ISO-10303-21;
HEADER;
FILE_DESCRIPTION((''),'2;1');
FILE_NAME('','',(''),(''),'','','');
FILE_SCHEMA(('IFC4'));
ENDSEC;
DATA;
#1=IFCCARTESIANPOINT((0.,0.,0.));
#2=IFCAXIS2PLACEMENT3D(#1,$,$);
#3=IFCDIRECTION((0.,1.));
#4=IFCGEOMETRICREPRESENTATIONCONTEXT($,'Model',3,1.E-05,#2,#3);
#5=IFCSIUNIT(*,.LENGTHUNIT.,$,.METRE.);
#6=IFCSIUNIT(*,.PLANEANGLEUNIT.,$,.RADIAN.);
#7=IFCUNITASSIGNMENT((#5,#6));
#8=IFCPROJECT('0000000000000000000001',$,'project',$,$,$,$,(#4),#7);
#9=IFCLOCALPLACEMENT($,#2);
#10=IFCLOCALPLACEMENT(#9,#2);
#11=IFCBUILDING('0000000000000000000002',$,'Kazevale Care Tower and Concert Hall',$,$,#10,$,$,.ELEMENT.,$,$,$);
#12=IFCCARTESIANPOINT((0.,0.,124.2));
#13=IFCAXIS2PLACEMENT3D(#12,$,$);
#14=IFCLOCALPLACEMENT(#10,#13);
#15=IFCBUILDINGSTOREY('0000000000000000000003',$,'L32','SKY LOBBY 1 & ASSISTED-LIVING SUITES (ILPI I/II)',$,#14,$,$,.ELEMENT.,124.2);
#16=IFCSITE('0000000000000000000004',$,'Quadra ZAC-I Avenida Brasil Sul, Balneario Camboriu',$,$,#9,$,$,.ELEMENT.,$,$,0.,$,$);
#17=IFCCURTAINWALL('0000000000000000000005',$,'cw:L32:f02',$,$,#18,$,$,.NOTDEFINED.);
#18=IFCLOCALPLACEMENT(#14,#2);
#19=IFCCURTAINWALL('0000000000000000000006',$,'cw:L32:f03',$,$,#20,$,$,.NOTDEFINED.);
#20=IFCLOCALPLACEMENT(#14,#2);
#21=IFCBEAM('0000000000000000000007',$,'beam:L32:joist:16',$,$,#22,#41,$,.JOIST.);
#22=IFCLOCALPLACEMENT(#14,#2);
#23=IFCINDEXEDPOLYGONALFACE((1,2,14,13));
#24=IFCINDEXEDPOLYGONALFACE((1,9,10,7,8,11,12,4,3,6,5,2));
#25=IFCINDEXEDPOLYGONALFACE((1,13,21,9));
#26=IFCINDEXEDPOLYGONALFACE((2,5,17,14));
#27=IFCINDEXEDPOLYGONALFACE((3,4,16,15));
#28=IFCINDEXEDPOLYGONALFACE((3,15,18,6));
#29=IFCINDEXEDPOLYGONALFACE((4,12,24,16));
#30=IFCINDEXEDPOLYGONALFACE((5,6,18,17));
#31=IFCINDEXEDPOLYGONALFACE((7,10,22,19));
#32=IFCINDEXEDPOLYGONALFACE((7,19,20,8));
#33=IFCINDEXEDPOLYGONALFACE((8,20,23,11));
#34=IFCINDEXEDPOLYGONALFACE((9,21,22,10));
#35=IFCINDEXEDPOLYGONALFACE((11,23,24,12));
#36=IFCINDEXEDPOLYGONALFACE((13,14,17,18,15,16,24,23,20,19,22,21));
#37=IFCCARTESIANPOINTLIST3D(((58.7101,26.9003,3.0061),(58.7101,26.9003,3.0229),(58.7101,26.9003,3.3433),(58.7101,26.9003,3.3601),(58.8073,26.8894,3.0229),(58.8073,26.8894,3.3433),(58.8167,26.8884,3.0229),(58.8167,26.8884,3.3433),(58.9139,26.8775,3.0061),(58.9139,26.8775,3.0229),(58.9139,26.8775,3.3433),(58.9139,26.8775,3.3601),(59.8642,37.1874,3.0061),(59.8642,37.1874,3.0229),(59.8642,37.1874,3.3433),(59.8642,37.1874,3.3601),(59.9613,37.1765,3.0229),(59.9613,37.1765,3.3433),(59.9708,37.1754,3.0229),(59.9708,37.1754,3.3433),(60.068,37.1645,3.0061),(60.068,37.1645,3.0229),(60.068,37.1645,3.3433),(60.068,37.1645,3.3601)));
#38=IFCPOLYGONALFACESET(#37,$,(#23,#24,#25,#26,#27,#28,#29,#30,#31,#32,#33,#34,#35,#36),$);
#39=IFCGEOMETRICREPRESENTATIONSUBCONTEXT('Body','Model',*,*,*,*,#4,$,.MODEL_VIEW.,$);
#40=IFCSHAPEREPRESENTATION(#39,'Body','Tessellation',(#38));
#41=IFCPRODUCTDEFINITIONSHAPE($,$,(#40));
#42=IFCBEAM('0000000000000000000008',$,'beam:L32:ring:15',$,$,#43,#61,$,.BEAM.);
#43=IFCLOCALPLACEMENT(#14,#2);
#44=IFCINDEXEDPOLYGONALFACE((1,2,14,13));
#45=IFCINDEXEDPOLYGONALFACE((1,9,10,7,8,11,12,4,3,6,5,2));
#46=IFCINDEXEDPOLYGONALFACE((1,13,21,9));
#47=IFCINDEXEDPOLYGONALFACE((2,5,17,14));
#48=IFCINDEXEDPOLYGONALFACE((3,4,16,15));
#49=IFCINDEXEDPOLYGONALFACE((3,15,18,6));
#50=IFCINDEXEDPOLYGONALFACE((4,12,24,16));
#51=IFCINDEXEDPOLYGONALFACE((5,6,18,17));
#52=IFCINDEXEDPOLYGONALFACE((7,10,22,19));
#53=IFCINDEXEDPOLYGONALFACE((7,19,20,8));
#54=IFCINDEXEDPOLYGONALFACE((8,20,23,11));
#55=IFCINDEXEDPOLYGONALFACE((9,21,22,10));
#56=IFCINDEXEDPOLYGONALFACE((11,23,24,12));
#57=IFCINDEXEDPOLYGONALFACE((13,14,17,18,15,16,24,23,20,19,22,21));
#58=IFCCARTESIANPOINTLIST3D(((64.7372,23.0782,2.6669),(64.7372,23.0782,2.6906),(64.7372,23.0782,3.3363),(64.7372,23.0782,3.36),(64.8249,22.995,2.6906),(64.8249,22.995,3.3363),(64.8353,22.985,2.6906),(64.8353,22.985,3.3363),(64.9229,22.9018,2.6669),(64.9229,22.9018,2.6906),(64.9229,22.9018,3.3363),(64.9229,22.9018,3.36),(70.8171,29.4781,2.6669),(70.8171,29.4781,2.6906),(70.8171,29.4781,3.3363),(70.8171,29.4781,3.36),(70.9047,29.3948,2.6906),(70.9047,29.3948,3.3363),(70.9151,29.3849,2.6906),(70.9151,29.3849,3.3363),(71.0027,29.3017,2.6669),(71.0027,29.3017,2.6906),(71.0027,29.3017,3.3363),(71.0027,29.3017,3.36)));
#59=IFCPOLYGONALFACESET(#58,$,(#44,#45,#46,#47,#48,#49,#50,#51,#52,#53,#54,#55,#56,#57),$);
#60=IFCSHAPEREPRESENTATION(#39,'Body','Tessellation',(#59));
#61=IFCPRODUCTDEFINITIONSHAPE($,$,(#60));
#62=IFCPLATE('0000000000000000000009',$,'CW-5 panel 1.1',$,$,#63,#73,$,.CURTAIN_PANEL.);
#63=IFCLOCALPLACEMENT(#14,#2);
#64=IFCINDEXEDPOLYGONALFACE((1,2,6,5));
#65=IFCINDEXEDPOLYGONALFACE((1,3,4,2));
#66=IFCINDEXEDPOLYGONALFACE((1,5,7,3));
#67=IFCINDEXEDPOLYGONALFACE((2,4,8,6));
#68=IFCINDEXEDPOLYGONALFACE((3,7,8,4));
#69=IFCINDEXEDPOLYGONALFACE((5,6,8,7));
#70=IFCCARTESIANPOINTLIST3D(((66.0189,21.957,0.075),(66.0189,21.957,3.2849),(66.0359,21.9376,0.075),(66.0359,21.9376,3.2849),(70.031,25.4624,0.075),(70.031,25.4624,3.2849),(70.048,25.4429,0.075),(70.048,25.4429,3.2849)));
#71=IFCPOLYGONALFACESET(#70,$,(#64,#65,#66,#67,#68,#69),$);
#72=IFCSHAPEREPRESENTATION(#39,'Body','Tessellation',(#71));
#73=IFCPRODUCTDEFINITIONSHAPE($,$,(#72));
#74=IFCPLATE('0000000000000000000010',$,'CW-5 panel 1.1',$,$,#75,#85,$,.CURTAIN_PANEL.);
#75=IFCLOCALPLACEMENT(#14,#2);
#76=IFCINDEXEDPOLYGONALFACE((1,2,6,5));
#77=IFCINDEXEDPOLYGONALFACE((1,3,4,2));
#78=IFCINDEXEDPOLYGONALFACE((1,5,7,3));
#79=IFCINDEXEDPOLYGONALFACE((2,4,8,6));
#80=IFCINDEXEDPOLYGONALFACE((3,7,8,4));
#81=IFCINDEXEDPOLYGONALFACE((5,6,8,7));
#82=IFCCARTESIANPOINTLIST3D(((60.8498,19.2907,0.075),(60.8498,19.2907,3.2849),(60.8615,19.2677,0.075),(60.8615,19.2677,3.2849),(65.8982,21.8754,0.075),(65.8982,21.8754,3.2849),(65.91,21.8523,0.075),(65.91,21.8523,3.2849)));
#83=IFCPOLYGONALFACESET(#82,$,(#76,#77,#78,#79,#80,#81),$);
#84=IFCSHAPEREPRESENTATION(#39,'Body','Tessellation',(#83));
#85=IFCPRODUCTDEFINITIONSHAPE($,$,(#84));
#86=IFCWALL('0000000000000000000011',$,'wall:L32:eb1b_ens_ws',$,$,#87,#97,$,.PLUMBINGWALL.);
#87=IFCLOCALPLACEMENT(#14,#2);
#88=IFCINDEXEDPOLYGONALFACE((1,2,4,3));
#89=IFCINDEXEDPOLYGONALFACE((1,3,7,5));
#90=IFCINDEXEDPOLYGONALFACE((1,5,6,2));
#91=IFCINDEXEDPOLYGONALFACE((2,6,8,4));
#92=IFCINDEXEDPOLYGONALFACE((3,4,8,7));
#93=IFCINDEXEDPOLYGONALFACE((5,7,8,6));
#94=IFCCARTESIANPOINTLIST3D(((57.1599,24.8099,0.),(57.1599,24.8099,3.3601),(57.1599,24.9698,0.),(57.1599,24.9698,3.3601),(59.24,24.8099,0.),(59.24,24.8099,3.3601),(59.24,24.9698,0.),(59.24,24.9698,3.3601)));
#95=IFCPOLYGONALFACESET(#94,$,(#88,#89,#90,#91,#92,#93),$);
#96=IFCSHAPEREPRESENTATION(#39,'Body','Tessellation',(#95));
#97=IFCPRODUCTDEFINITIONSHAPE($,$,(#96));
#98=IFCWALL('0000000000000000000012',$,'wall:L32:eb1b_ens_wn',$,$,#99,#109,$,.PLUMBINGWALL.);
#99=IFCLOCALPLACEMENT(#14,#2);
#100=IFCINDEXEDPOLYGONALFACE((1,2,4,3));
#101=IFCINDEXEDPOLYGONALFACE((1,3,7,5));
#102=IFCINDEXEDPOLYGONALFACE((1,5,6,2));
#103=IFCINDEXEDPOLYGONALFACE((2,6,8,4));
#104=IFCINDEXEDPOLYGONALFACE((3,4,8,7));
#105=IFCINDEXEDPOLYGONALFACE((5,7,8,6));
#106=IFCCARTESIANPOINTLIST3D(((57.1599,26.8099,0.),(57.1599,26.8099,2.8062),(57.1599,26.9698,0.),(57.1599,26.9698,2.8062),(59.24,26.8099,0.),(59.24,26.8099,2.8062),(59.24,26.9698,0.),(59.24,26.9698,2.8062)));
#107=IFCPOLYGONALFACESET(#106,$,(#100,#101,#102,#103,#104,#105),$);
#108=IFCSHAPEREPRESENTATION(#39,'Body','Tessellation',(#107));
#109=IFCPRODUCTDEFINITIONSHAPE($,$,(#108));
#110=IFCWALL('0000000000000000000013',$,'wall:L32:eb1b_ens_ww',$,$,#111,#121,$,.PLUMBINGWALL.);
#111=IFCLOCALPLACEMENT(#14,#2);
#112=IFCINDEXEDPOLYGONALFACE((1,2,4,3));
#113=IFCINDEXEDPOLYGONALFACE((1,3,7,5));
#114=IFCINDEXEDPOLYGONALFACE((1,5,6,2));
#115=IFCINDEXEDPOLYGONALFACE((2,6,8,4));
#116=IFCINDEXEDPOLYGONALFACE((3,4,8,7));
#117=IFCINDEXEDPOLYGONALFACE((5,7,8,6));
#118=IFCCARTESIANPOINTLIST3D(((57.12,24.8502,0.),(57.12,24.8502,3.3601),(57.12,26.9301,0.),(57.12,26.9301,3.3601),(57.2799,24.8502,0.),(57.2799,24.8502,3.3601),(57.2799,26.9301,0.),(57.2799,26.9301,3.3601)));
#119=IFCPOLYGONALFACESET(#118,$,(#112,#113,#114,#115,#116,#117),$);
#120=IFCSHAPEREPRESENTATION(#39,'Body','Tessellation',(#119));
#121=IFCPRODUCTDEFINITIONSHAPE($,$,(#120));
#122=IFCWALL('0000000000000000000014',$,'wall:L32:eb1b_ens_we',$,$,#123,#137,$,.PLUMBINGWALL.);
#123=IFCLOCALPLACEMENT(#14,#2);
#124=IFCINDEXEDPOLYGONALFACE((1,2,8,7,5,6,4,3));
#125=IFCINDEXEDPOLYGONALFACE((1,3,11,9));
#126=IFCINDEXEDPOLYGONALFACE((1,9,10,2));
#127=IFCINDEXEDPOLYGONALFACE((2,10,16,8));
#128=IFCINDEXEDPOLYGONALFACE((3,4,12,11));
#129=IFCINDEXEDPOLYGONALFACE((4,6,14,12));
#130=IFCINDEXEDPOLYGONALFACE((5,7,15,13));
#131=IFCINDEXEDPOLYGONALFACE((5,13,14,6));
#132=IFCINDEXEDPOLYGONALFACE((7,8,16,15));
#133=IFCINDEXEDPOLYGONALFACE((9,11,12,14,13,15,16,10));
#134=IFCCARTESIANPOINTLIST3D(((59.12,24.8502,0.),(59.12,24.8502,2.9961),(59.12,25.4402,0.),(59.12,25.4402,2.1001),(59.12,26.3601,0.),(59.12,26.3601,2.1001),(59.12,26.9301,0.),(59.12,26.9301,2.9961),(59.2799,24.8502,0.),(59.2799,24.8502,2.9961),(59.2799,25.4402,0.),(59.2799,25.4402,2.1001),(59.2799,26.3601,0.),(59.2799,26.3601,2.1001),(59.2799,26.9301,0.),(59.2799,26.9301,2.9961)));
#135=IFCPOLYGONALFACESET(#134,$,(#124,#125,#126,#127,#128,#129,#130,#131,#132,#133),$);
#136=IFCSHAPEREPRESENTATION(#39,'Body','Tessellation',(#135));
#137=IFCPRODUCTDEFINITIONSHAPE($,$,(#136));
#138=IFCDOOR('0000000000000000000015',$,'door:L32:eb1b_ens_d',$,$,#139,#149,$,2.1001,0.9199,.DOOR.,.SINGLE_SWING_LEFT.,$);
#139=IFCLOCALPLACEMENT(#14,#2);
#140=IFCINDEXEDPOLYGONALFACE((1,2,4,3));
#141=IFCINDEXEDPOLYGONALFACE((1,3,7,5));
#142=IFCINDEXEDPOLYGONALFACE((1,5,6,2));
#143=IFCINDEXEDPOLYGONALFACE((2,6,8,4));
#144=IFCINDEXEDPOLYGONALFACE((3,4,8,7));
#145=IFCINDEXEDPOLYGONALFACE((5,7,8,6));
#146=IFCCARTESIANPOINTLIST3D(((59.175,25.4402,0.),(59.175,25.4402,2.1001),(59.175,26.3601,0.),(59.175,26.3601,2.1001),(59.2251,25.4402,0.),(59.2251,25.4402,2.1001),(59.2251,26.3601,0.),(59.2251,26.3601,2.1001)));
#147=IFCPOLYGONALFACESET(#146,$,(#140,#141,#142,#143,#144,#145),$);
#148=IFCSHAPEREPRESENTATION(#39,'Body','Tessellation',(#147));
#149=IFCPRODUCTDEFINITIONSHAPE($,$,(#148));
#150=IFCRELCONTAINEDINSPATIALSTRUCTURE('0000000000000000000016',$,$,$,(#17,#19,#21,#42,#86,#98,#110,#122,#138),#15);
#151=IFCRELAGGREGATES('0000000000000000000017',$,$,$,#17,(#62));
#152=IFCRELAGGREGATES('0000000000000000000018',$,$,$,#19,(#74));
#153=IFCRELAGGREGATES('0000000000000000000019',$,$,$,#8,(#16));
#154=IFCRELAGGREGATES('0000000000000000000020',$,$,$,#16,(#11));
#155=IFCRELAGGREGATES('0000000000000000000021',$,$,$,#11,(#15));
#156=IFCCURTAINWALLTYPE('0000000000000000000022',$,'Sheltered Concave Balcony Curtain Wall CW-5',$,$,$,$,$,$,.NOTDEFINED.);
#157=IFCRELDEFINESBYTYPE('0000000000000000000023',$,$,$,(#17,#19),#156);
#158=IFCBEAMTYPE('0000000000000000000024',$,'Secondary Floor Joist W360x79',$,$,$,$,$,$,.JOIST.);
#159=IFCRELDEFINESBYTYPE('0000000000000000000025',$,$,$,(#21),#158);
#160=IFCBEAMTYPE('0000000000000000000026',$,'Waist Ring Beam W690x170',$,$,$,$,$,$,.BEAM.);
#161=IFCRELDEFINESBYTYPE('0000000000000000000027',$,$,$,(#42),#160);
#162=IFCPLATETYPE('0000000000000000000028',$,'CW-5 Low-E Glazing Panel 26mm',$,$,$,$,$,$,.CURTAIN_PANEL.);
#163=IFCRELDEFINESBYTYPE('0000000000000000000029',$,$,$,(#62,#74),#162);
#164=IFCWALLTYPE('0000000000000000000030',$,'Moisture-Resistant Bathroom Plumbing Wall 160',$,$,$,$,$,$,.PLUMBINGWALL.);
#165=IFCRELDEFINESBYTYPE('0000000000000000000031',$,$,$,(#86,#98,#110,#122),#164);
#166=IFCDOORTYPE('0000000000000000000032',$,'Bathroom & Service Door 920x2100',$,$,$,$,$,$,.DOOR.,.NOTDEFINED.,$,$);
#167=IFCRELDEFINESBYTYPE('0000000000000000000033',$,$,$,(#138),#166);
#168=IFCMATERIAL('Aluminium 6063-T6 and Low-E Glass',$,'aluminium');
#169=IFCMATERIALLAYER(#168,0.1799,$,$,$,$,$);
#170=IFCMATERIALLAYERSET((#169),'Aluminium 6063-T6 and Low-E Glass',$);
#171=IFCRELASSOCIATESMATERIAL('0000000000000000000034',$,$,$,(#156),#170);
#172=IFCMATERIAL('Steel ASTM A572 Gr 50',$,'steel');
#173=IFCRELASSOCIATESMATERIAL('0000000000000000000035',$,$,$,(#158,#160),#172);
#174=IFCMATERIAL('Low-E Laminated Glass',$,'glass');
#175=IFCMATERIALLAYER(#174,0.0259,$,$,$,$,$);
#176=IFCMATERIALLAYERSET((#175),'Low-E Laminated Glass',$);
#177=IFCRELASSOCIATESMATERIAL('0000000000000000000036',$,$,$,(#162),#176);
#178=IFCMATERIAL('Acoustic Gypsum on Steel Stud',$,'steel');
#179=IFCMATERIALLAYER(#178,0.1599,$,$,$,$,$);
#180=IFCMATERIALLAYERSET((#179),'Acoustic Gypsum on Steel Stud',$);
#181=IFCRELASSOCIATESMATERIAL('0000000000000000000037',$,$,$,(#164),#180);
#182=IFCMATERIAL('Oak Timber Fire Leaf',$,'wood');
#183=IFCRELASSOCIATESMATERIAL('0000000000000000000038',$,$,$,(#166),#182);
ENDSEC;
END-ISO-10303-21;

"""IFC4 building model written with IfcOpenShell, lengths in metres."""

from ifc_helpers import new_model, si_unit, direction, frame, frame_2d, origin, origin_2d, place, context, subcontext, project, spatial, rectangle, i_section, extrude, material, layer, layer_set, material_profile, profile_set, type_object, element, fill, aggregate, save


model = new_model("IFC4")

# Units and contexts
model_context = context("Model", 3, precision=1e-05, world=origin(), true_north=direction((0.0, 1.0)))
body_context = subcontext(model_context, "Body", "Model", "MODEL_VIEW")
ifc_project = project(units=[si_unit("LENGTHUNIT", "METRE"), si_unit("PLANEANGLEUNIT", "RADIAN")], contexts=[model_context])

# Site, building, storey
site_placement = place(None, origin())
site = spatial("IfcSite", under=ifc_project, at=site_placement, Name="Quadra ZAC-I Avenida Brasil Sul, Balneario Camboriu", CompositionType="ELEMENT", RefElevation=0.0)
building_placement = place(site_placement, origin())
building = spatial("IfcBuilding", under=site, at=building_placement, Name="Kazevale Care Tower and Concert Hall", CompositionType="ELEMENT")
storey_placement = place(building_placement, frame((0.0, 0.0, 124.2)))
storey = spatial("IfcBuildingStorey", under=building, at=storey_placement, Name="L32", Description="SKY LOBBY 1 & ASSISTED-LIVING SUITES (ILPI I/II)", CompositionType="ELEMENT", Elevation=124.2)

# Curtain walls
ifc_material_1 = material(Name="Aluminium 6063-T6 and Low-E Glass", Category="aluminium")
ifc_layer_1 = layer(ifc_material_1, 0.1799)
ifc_layer_set_1 = layer_set([ifc_layer_1], Name="Aluminium 6063-T6 and Low-E Glass")
curtain_wall_type = type_object("IfcCurtainWallType", Name="Sheltered Concave Balcony Curtain Wall CW-5", PredefinedType="NOTDEFINED", material=ifc_layer_set_1)
curtain_wall_1_placement = place(storey_placement, origin())
curtain_wall_1 = element("IfcCurtainWall", 1, at=curtain_wall_1_placement, inside=storey, type_object=curtain_wall_type, Name="cw:L32:f02", PredefinedType="NOTDEFINED")
curtain_wall_2_placement = place(storey_placement, origin())
curtain_wall_2 = element("IfcCurtainWall", 2, at=curtain_wall_2_placement, inside=storey, type_object=curtain_wall_type, Name="cw:L32:f03", PredefinedType="NOTDEFINED")

# Beams
ifc_material_2 = material(Name="Steel ASTM A572 Gr 50", Category="steel")
ifc_material_profile_1 = material_profile(ifc_material_2, i_section(OverallWidth=0.2051, OverallDepth=0.354, WebThickness=0.0095, FlangeThickness=0.0168, at=origin_2d()), Name="W360x79")
ifc_profile_set_1 = profile_set([ifc_material_profile_1], Name="Steel ASTM A572 Gr 50")
beam_type_1 = type_object("IfcBeamType", Name="Secondary Floor Joist W360x79", PredefinedType="JOIST", material=ifc_profile_set_1)
beam_1_placement = place(storey_placement, frame((58.812, 26.8889, 3.1831), z_axis=(0.111485, 0.993766, 0.0), x_axis=(-0.993766, 0.111485, 0.0)))
element("IfcBeam", 3, at=beam_1_placement, inside=storey, type_object=beam_type_1, Name="beam:L32:joist:16", PredefinedType="JOIST", context=body_context, shape_type="SweptSolid", body=[
    extrude(i_section(OverallWidth=0.2051, OverallDepth=0.354, WebThickness=0.0095, FlangeThickness=0.0168, at=origin_2d()), origin(), (0.0, 0.0, 1.0), 10.3516),
])
ifc_material_profile_2 = material_profile(ifc_material_2, i_section(OverallWidth=0.2561, OverallDepth=0.6931, WebThickness=0.0144, FlangeThickness=0.0237, at=origin_2d()), Name="W690x170")
ifc_profile_set_2 = profile_set([ifc_material_profile_2], Name="Steel ASTM A572 Gr 50")
beam_type_2 = type_object("IfcBeamType", Name="Waist Ring Beam W690x170", PredefinedType="BEAM", material=ifc_profile_set_2)
beam_2_placement = place(storey_placement, frame((64.8301, 22.99, 3.0134), z_axis=(0.688745, 0.725004, 0.0), x_axis=(-0.725004, 0.688745, 0.0)))
element("IfcBeam", 4, at=beam_2_placement, inside=storey, type_object=beam_type_2, Name="beam:L32:ring:15", PredefinedType="BEAM", context=body_context, shape_type="SweptSolid", body=[
    extrude(i_section(OverallWidth=0.2561, OverallDepth=0.6931, WebThickness=0.0144, FlangeThickness=0.0237, at=origin_2d()), origin(), (0.0, 0.0, 1.0), 8.8274),
])

# Plates
ifc_material_3 = material(Name="Low-E Laminated Glass", Category="glass")
ifc_layer_2 = layer(ifc_material_3, 0.0259)
ifc_layer_set_2 = layer_set([ifc_layer_2], Name="Low-E Laminated Glass")
plate_type = type_object("IfcPlateType", Name="CW-5 Low-E Glazing Panel 26mm", PredefinedType="CURTAIN_PANEL", material=ifc_layer_set_2)
plate_1_placement = place(storey_placement, frame((68.0334, 23.7, 0.075), z_axis=(0.0, 0.0, 1.0), x_axis=(-0.753063, -0.657949, 0.0)))
plate_1 = element("IfcPlate", 5, at=plate_1_placement, type_object=plate_type, Name="CW-5 panel 1.1", PredefinedType="CURTAIN_PANEL", context=body_context, shape_type="SweptSolid", body=[
    extrude(rectangle(XDim=5.3276, YDim=0.0259, at=origin_2d()), origin(), (0.0, 0.0, 1.0), 3.21),
])
aggregate(curtain_wall_1, [plate_1])
plate_2_placement = place(storey_placement, frame((63.3799, 20.5715, 0.075), z_axis=(0.0, 0.0, 1.0), x_axis=(-0.890127, -0.455713, 0.0)))
plate_2 = element("IfcPlate", 6, at=plate_2_placement, type_object=plate_type, Name="CW-5 panel 1.1", PredefinedType="CURTAIN_PANEL", context=body_context, shape_type="SweptSolid", body=[
    extrude(rectangle(XDim=5.6716, YDim=0.0259, at=origin_2d()), origin(), (0.0, 0.0, 1.0), 3.21),
])
aggregate(curtain_wall_2, [plate_2])

# Walls
ifc_material_4 = material(Name="Acoustic Gypsum on Steel Stud", Category="steel")
ifc_layer_3 = layer(ifc_material_4, 0.1599)
ifc_layer_set_3 = layer_set([ifc_layer_3], Name="Acoustic Gypsum on Steel Stud")
wall_type_1 = type_object("IfcWallType", Name="Moisture-Resistant Bathroom Plumbing Wall 160", PredefinedType="PLUMBINGWALL", material=ifc_layer_set_3)
wall_1_placement = place(storey_placement, frame((57.1599, 24.8899, 0.0), z_axis=(0.0, 0.0, 1.0), x_axis=(1.0, 0.0, 0.0)))
element("IfcWall", 7, at=wall_1_placement, inside=storey, type_object=wall_type_1, Name="wall:L32:eb1b_ens_ws", PredefinedType="PLUMBINGWALL", context=body_context, shape_type="SweptSolid", body=[
    extrude(rectangle(XDim=2.0801, YDim=0.1599, at=frame_2d((1.04, 0.0))), origin(), (0.0, 0.0, 1.0), 3.3601),
])
wall_2_placement = place(storey_placement, frame((57.1599, 26.8899, 0.0), z_axis=(0.0, 0.0, 1.0), x_axis=(1.0, 0.0, 0.0)))
element("IfcWall", 8, at=wall_2_placement, inside=storey, type_object=wall_type_1, Name="wall:L32:eb1b_ens_wn", PredefinedType="PLUMBINGWALL", context=body_context, shape_type="SweptSolid", body=[
    extrude(rectangle(XDim=2.0801, YDim=0.1599, at=frame_2d((1.04, 0.0))), origin(), (0.0, 0.0, 1.0), 2.8062),
])
wall_3_placement = place(storey_placement, frame((57.2, 24.8501, 0.0), z_axis=(0.0, 0.0, 1.0), x_axis=(0.0, 1.0, 0.0)))
element("IfcWall", 9, at=wall_3_placement, inside=storey, type_object=wall_type_1, Name="wall:L32:eb1b_ens_ww", PredefinedType="PLUMBINGWALL", context=body_context, shape_type="SweptSolid", body=[
    extrude(rectangle(XDim=2.0798, YDim=0.1599, at=frame_2d((1.04, 0.0))), origin(), (0.0, 0.0, 1.0), 3.3601),
])

# Wall, opening, door
wall_4_placement = place(storey_placement, frame((59.2, 24.8501, 0.0), z_axis=(0.0, 0.0, 1.0), x_axis=(0.0, 1.0, 0.0)))
wall_4 = element("IfcWall", 10, at=wall_4_placement, inside=storey, type_object=wall_type_1, Name="wall:L32:eb1b_ens_we", PredefinedType="PLUMBINGWALL", context=body_context, shape_type="SweptSolid", body=[
    extrude(rectangle(XDim=2.0798, YDim=0.1599, at=frame_2d((1.04, 0.0))), origin(), (0.0, 0.0, 1.0), 2.9961),
])
opening_1_placement = place(wall_4_placement, frame((0.5901, 0.0, 0.0)))
opening_1 = element("IfcOpeningElement", 11, at=opening_1_placement, cuts=wall_4, PredefinedType="OPENING", context=body_context, shape_type="SweptSolid", body=[
    extrude(rectangle(XDim=0.9199, YDim=2.1001, at=frame_2d((0.46, 1.05))), frame((0.0, 0.0898, 0.0), z_axis=(0.0, -1.0, 0.0), x_axis=(1.0, 0.0, 0.0)), (0.0, 0.0, 1.0), 0.1799),
])
ifc_material_5 = material(Name="Oak Timber Fire Leaf", Category="wood")
door_type_1 = type_object("IfcDoorType", Name="Bathroom & Service Door 920x2100", OperationType="NOTDEFINED", PredefinedType="DOOR", material=ifc_material_5)
door_1_placement = place(opening_1_placement, origin())
door_1 = element("IfcDoor", 12, at=door_1_placement, inside=storey, type_object=door_type_1, Name="door:L32:eb1b_ens_d", OperationType="SINGLE_SWING_LEFT", OverallHeight=2.1001, OverallWidth=0.9199, PredefinedType="DOOR", context=body_context, shape_type="SweptSolid", body=[
    extrude(rectangle(XDim=0.9199, YDim=2.1001, at=frame_2d((0.46, 1.05))), frame((0.0, 0.0249, 0.0), z_axis=(0.0, -1.0, 0.0), x_axis=(1.0, 0.0, 0.0)), (0.0, 0.0, 1.0), 0.05),
])
fill(opening_1, door_1)

save(model, "model.ifc")
